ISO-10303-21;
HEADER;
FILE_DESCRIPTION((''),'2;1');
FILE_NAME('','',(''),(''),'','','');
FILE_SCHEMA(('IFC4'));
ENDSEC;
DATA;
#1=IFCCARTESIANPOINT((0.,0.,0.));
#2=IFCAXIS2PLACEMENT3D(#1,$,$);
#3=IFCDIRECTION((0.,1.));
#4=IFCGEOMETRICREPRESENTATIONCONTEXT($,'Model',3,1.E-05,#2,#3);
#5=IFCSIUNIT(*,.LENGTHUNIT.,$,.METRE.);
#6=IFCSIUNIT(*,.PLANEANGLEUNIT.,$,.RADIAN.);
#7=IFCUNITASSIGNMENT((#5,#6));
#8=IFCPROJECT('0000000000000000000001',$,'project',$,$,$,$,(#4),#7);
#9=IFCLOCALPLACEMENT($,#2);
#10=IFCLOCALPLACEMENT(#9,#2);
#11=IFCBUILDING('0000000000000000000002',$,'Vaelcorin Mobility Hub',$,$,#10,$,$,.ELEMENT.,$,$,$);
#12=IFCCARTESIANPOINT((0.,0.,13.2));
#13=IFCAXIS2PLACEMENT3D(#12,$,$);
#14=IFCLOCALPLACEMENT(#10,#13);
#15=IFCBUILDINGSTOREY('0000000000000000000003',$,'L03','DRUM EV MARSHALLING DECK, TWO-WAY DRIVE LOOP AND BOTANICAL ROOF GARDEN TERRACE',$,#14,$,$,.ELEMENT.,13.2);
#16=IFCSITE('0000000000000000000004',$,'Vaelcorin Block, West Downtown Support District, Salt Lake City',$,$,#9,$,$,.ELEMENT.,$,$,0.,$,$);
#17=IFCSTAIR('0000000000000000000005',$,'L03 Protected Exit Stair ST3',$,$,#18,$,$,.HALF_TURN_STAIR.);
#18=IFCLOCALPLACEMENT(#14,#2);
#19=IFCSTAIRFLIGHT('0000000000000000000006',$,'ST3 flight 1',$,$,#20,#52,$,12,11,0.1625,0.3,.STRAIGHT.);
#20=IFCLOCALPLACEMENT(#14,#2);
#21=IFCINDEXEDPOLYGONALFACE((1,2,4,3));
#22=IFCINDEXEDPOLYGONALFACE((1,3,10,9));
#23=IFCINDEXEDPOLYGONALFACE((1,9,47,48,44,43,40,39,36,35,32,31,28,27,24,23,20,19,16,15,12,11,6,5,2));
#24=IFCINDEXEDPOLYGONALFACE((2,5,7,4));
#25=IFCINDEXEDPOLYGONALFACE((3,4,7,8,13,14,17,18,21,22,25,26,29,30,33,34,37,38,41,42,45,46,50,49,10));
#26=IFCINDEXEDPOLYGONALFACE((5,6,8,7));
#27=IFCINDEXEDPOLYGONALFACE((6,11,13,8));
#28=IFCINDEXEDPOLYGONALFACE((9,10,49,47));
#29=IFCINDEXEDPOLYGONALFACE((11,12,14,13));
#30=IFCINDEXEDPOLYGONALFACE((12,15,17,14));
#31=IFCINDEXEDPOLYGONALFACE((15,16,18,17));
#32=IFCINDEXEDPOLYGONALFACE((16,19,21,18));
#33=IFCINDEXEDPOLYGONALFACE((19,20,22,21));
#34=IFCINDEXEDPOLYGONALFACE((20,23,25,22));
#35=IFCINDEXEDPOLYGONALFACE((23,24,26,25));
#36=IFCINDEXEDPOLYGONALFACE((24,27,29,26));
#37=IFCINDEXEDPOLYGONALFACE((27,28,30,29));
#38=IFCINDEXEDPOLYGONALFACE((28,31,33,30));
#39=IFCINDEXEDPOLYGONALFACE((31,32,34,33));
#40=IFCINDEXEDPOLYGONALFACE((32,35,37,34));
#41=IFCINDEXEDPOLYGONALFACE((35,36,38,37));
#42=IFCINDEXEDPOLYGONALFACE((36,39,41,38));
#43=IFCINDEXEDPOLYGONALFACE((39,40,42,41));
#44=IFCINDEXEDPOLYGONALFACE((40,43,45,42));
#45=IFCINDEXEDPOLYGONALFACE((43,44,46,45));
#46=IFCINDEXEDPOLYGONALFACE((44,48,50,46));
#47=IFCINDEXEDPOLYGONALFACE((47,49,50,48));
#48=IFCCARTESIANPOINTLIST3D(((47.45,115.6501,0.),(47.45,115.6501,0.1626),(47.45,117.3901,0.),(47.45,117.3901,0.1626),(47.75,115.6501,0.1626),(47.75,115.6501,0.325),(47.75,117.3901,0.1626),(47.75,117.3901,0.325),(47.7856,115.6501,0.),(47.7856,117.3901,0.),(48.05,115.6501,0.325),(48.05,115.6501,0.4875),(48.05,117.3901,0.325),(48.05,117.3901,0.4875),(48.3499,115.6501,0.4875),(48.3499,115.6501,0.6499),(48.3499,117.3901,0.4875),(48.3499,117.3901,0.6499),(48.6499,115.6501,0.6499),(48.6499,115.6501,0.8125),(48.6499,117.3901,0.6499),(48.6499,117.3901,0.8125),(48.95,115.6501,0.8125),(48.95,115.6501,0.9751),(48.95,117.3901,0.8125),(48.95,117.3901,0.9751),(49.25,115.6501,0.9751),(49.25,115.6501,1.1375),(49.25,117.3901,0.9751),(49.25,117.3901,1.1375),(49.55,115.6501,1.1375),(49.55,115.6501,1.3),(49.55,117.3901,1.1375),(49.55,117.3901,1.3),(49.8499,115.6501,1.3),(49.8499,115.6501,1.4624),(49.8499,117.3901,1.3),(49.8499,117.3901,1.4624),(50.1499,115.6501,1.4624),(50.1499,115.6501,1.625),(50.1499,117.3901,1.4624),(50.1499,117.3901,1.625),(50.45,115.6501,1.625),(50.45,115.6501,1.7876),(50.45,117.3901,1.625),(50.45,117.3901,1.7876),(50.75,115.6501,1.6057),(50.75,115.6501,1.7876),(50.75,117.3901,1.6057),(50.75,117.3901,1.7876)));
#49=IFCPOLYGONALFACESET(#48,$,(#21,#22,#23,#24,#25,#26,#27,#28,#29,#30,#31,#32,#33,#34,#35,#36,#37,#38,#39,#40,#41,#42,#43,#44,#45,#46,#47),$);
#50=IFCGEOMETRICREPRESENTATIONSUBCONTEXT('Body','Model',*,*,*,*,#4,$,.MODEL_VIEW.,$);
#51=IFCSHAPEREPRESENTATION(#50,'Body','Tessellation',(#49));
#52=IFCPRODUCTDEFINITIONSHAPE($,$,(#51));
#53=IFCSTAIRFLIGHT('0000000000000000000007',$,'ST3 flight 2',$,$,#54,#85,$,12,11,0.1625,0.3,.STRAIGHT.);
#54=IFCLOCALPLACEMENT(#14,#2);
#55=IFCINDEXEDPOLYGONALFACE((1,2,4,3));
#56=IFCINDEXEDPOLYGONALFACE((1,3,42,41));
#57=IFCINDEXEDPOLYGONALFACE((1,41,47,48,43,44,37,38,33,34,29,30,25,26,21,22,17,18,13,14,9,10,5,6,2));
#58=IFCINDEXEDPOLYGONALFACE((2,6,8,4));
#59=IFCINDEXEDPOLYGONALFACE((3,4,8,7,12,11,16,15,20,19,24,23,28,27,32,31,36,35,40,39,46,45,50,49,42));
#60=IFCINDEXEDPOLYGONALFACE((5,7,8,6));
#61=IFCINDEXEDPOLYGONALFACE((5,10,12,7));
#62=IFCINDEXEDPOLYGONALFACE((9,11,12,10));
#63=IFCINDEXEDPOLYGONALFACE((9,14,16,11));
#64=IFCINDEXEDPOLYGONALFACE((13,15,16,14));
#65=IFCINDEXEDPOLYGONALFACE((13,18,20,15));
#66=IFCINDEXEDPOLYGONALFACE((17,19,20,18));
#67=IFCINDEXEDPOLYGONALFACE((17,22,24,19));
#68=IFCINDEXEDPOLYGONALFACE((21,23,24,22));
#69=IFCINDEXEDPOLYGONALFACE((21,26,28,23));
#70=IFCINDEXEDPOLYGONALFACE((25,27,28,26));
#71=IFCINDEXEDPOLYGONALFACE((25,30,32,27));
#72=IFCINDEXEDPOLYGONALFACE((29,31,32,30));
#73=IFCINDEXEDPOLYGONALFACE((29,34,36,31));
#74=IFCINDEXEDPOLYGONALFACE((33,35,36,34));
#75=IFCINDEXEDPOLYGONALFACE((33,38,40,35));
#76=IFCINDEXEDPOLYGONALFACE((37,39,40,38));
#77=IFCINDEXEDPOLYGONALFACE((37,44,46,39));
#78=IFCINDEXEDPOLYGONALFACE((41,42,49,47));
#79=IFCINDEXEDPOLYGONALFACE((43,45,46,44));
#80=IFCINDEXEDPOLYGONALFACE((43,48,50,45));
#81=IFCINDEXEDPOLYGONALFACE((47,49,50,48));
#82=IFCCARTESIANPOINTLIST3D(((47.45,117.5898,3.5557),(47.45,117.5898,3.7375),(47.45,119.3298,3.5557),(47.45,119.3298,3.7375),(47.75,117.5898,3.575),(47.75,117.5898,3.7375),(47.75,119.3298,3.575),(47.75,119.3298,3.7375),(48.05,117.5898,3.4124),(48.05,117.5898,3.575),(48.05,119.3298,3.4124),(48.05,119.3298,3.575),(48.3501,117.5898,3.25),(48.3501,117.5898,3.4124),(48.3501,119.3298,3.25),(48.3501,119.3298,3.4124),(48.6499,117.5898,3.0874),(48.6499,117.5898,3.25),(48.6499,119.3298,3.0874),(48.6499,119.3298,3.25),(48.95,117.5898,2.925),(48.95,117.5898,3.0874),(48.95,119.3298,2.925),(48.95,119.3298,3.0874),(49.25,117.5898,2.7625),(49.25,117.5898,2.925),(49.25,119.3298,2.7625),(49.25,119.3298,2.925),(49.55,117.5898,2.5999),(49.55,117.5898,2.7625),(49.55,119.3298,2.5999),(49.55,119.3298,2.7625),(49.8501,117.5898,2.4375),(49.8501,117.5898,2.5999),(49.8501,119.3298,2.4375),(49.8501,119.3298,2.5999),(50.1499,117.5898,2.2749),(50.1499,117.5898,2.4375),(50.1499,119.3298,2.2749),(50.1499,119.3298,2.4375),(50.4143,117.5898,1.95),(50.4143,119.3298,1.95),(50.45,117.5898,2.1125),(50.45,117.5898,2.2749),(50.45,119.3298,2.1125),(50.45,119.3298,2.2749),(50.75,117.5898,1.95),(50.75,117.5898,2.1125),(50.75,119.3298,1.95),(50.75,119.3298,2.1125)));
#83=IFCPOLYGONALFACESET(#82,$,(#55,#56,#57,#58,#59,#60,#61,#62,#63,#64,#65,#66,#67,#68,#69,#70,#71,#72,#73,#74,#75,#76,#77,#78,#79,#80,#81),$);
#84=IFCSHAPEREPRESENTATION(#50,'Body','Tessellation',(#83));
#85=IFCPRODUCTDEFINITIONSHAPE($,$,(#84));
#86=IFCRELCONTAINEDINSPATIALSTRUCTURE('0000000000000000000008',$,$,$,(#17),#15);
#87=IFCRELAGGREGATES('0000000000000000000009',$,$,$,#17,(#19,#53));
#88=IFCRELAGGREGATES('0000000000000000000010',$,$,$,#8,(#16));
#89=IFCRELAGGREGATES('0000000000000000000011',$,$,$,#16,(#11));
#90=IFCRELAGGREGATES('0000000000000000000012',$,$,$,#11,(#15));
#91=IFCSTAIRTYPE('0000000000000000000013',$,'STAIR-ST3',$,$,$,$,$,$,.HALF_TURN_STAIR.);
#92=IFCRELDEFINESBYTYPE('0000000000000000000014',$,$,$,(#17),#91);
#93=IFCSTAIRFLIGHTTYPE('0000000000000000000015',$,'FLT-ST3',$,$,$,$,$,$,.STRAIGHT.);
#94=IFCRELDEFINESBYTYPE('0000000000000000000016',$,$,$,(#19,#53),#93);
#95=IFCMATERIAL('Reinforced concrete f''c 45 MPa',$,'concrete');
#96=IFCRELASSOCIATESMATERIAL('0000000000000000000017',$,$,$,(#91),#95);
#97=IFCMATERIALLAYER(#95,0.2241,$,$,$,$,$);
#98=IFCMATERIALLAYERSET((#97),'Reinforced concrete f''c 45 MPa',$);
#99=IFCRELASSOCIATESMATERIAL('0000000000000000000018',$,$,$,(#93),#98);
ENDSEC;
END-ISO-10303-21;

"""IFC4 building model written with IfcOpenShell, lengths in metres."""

from ifc_helpers import new_model, si_unit, direction, frame, origin, place, context, subcontext, project, spatial, polyline, outline, extrude, material, layer, layer_set, type_object, element, aggregate, save


model = new_model("IFC4")

# Units and contexts
model_context = context("Model", 3, precision=1e-05, world=origin(), true_north=direction((0.0, 1.0)))
body_context = subcontext(model_context, "Body", "Model", "MODEL_VIEW")
ifc_project = project(units=[si_unit("LENGTHUNIT", "METRE"), si_unit("PLANEANGLEUNIT", "RADIAN")], contexts=[model_context])

# Site, building, storey
site_placement = place(None, origin())
site = spatial("IfcSite", under=ifc_project, at=site_placement, Name="Vaelcorin Block, West Downtown Support District, Salt Lake City", CompositionType="ELEMENT", RefElevation=0.0)
building_placement = place(site_placement, origin())
building = spatial("IfcBuilding", under=site, at=building_placement, Name="Vaelcorin Mobility Hub", CompositionType="ELEMENT")
storey_placement = place(building_placement, frame((0.0, 0.0, 13.2)))
storey = spatial("IfcBuildingStorey", under=building, at=storey_placement, Name="L03", Description="DRUM EV MARSHALLING DECK, TWO-WAY DRIVE LOOP AND BOTANICAL ROOF GARDEN TERRACE", CompositionType="ELEMENT", Elevation=13.2)

# Shared definitions
ifc_material_1 = material(Name="Reinforced concrete f'c 45 MPa", Category="concrete")

# Stair, stair flights
stair_type = type_object("IfcStairType", Name="STAIR-ST3", PredefinedType="HALF_TURN_STAIR", material=ifc_material_1)
stair_placement = place(storey_placement, origin())
stair = element("IfcStair", 1, at=stair_placement, inside=storey, type_object=stair_type, Name="L03 Protected Exit Stair ST3", PredefinedType="HALF_TURN_STAIR")
ifc_layer_1 = layer(ifc_material_1, 0.2241)
ifc_layer_set_1 = layer_set([ifc_layer_1], Name="Reinforced concrete f'c 45 MPa")
stair_flight_type = type_object("IfcStairFlightType", Name="FLT-ST3", PredefinedType="STRAIGHT", material=ifc_layer_set_1)
stair_flight_1_placement = place(storey_placement, frame((47.45, 116.52, 0.0), z_axis=(0.0, 0.0, 1.0), x_axis=(1.0, 0.0, 0.0)))
stair_flight_1 = element("IfcStairFlight", 2, at=stair_flight_1_placement, type_object=stair_flight_type, Name="ST3 flight 1", NumberOfRisers=12, NumberOfTreads=11, PredefinedType="STRAIGHT", RiserHeight=0.1625, TreadLength=0.3, context=body_context, shape_type="SweptSolid", body=[
    extrude(outline(polyline([(0.0, 0.0), (0.0, 0.1626), (0.3, 0.1626), (0.3, 0.325), (0.6001, 0.325), (0.6001, 0.4875), (0.8999, 0.4875), (0.8999, 0.6499), (1.2, 0.6499), (1.2, 0.8125), (1.5, 0.8125), (1.5, 0.9751), (1.8, 0.9751), (1.8, 1.1375), (2.1001, 1.1375), (2.1001, 1.3), (2.3999, 1.3), (2.3999, 1.4624), (2.7, 1.4624), (2.7, 1.625), (3.0, 1.625), (3.0, 1.7876), (3.3, 1.7876), (3.3, 1.95), (3.3, 1.6057), (0.3357, 0.0), (0.0, 0.0)])), frame((0.0, 0.8701, 0.0), z_axis=(0.0, -1.0, 0.0), x_axis=(1.0, 0.0, 0.0)), (0.0, 0.0, 1.0), 1.74),
])
stair_flight_2_placement = place(storey_placement, frame((50.75, 118.46, 1.95), z_axis=(0.0, 0.0, 1.0), x_axis=(-1.0, 0.0, 0.0)))
stair_flight_2 = element("IfcStairFlight", 3, at=stair_flight_2_placement, type_object=stair_flight_type, Name="ST3 flight 2", NumberOfRisers=12, NumberOfTreads=11, PredefinedType="STRAIGHT", RiserHeight=0.1625, TreadLength=0.3, context=body_context, shape_type="SweptSolid", body=[
    extrude(outline(polyline([(0.0, 0.0), (0.0, 0.1626), (0.3, 0.1626), (0.3, 0.325), (0.6001, 0.325), (0.6001, 0.4875), (0.8999, 0.4875), (0.8999, 0.6499), (1.2, 0.6499), (1.2, 0.8125), (1.5, 0.8125), (1.5, 0.9751), (1.8, 0.9751), (1.8, 1.1375), (2.1001, 1.1375), (2.1001, 1.3), (2.3999, 1.3), (2.3999, 1.4624), (2.7, 1.4624), (2.7, 1.625), (3.0, 1.625), (3.0, 1.7876), (3.3, 1.7876), (3.3, 1.95), (3.3, 1.6057), (0.3357, 0.0), (0.0, 0.0)])), frame((0.0, 0.8701, 0.0), z_axis=(0.0, -1.0, 0.0), x_axis=(1.0, 0.0, 0.0)), (0.0, 0.0, 1.0), 1.74),
])
aggregate(stair, [stair_flight_1, stair_flight_2])

save(model, "model.ifc")
